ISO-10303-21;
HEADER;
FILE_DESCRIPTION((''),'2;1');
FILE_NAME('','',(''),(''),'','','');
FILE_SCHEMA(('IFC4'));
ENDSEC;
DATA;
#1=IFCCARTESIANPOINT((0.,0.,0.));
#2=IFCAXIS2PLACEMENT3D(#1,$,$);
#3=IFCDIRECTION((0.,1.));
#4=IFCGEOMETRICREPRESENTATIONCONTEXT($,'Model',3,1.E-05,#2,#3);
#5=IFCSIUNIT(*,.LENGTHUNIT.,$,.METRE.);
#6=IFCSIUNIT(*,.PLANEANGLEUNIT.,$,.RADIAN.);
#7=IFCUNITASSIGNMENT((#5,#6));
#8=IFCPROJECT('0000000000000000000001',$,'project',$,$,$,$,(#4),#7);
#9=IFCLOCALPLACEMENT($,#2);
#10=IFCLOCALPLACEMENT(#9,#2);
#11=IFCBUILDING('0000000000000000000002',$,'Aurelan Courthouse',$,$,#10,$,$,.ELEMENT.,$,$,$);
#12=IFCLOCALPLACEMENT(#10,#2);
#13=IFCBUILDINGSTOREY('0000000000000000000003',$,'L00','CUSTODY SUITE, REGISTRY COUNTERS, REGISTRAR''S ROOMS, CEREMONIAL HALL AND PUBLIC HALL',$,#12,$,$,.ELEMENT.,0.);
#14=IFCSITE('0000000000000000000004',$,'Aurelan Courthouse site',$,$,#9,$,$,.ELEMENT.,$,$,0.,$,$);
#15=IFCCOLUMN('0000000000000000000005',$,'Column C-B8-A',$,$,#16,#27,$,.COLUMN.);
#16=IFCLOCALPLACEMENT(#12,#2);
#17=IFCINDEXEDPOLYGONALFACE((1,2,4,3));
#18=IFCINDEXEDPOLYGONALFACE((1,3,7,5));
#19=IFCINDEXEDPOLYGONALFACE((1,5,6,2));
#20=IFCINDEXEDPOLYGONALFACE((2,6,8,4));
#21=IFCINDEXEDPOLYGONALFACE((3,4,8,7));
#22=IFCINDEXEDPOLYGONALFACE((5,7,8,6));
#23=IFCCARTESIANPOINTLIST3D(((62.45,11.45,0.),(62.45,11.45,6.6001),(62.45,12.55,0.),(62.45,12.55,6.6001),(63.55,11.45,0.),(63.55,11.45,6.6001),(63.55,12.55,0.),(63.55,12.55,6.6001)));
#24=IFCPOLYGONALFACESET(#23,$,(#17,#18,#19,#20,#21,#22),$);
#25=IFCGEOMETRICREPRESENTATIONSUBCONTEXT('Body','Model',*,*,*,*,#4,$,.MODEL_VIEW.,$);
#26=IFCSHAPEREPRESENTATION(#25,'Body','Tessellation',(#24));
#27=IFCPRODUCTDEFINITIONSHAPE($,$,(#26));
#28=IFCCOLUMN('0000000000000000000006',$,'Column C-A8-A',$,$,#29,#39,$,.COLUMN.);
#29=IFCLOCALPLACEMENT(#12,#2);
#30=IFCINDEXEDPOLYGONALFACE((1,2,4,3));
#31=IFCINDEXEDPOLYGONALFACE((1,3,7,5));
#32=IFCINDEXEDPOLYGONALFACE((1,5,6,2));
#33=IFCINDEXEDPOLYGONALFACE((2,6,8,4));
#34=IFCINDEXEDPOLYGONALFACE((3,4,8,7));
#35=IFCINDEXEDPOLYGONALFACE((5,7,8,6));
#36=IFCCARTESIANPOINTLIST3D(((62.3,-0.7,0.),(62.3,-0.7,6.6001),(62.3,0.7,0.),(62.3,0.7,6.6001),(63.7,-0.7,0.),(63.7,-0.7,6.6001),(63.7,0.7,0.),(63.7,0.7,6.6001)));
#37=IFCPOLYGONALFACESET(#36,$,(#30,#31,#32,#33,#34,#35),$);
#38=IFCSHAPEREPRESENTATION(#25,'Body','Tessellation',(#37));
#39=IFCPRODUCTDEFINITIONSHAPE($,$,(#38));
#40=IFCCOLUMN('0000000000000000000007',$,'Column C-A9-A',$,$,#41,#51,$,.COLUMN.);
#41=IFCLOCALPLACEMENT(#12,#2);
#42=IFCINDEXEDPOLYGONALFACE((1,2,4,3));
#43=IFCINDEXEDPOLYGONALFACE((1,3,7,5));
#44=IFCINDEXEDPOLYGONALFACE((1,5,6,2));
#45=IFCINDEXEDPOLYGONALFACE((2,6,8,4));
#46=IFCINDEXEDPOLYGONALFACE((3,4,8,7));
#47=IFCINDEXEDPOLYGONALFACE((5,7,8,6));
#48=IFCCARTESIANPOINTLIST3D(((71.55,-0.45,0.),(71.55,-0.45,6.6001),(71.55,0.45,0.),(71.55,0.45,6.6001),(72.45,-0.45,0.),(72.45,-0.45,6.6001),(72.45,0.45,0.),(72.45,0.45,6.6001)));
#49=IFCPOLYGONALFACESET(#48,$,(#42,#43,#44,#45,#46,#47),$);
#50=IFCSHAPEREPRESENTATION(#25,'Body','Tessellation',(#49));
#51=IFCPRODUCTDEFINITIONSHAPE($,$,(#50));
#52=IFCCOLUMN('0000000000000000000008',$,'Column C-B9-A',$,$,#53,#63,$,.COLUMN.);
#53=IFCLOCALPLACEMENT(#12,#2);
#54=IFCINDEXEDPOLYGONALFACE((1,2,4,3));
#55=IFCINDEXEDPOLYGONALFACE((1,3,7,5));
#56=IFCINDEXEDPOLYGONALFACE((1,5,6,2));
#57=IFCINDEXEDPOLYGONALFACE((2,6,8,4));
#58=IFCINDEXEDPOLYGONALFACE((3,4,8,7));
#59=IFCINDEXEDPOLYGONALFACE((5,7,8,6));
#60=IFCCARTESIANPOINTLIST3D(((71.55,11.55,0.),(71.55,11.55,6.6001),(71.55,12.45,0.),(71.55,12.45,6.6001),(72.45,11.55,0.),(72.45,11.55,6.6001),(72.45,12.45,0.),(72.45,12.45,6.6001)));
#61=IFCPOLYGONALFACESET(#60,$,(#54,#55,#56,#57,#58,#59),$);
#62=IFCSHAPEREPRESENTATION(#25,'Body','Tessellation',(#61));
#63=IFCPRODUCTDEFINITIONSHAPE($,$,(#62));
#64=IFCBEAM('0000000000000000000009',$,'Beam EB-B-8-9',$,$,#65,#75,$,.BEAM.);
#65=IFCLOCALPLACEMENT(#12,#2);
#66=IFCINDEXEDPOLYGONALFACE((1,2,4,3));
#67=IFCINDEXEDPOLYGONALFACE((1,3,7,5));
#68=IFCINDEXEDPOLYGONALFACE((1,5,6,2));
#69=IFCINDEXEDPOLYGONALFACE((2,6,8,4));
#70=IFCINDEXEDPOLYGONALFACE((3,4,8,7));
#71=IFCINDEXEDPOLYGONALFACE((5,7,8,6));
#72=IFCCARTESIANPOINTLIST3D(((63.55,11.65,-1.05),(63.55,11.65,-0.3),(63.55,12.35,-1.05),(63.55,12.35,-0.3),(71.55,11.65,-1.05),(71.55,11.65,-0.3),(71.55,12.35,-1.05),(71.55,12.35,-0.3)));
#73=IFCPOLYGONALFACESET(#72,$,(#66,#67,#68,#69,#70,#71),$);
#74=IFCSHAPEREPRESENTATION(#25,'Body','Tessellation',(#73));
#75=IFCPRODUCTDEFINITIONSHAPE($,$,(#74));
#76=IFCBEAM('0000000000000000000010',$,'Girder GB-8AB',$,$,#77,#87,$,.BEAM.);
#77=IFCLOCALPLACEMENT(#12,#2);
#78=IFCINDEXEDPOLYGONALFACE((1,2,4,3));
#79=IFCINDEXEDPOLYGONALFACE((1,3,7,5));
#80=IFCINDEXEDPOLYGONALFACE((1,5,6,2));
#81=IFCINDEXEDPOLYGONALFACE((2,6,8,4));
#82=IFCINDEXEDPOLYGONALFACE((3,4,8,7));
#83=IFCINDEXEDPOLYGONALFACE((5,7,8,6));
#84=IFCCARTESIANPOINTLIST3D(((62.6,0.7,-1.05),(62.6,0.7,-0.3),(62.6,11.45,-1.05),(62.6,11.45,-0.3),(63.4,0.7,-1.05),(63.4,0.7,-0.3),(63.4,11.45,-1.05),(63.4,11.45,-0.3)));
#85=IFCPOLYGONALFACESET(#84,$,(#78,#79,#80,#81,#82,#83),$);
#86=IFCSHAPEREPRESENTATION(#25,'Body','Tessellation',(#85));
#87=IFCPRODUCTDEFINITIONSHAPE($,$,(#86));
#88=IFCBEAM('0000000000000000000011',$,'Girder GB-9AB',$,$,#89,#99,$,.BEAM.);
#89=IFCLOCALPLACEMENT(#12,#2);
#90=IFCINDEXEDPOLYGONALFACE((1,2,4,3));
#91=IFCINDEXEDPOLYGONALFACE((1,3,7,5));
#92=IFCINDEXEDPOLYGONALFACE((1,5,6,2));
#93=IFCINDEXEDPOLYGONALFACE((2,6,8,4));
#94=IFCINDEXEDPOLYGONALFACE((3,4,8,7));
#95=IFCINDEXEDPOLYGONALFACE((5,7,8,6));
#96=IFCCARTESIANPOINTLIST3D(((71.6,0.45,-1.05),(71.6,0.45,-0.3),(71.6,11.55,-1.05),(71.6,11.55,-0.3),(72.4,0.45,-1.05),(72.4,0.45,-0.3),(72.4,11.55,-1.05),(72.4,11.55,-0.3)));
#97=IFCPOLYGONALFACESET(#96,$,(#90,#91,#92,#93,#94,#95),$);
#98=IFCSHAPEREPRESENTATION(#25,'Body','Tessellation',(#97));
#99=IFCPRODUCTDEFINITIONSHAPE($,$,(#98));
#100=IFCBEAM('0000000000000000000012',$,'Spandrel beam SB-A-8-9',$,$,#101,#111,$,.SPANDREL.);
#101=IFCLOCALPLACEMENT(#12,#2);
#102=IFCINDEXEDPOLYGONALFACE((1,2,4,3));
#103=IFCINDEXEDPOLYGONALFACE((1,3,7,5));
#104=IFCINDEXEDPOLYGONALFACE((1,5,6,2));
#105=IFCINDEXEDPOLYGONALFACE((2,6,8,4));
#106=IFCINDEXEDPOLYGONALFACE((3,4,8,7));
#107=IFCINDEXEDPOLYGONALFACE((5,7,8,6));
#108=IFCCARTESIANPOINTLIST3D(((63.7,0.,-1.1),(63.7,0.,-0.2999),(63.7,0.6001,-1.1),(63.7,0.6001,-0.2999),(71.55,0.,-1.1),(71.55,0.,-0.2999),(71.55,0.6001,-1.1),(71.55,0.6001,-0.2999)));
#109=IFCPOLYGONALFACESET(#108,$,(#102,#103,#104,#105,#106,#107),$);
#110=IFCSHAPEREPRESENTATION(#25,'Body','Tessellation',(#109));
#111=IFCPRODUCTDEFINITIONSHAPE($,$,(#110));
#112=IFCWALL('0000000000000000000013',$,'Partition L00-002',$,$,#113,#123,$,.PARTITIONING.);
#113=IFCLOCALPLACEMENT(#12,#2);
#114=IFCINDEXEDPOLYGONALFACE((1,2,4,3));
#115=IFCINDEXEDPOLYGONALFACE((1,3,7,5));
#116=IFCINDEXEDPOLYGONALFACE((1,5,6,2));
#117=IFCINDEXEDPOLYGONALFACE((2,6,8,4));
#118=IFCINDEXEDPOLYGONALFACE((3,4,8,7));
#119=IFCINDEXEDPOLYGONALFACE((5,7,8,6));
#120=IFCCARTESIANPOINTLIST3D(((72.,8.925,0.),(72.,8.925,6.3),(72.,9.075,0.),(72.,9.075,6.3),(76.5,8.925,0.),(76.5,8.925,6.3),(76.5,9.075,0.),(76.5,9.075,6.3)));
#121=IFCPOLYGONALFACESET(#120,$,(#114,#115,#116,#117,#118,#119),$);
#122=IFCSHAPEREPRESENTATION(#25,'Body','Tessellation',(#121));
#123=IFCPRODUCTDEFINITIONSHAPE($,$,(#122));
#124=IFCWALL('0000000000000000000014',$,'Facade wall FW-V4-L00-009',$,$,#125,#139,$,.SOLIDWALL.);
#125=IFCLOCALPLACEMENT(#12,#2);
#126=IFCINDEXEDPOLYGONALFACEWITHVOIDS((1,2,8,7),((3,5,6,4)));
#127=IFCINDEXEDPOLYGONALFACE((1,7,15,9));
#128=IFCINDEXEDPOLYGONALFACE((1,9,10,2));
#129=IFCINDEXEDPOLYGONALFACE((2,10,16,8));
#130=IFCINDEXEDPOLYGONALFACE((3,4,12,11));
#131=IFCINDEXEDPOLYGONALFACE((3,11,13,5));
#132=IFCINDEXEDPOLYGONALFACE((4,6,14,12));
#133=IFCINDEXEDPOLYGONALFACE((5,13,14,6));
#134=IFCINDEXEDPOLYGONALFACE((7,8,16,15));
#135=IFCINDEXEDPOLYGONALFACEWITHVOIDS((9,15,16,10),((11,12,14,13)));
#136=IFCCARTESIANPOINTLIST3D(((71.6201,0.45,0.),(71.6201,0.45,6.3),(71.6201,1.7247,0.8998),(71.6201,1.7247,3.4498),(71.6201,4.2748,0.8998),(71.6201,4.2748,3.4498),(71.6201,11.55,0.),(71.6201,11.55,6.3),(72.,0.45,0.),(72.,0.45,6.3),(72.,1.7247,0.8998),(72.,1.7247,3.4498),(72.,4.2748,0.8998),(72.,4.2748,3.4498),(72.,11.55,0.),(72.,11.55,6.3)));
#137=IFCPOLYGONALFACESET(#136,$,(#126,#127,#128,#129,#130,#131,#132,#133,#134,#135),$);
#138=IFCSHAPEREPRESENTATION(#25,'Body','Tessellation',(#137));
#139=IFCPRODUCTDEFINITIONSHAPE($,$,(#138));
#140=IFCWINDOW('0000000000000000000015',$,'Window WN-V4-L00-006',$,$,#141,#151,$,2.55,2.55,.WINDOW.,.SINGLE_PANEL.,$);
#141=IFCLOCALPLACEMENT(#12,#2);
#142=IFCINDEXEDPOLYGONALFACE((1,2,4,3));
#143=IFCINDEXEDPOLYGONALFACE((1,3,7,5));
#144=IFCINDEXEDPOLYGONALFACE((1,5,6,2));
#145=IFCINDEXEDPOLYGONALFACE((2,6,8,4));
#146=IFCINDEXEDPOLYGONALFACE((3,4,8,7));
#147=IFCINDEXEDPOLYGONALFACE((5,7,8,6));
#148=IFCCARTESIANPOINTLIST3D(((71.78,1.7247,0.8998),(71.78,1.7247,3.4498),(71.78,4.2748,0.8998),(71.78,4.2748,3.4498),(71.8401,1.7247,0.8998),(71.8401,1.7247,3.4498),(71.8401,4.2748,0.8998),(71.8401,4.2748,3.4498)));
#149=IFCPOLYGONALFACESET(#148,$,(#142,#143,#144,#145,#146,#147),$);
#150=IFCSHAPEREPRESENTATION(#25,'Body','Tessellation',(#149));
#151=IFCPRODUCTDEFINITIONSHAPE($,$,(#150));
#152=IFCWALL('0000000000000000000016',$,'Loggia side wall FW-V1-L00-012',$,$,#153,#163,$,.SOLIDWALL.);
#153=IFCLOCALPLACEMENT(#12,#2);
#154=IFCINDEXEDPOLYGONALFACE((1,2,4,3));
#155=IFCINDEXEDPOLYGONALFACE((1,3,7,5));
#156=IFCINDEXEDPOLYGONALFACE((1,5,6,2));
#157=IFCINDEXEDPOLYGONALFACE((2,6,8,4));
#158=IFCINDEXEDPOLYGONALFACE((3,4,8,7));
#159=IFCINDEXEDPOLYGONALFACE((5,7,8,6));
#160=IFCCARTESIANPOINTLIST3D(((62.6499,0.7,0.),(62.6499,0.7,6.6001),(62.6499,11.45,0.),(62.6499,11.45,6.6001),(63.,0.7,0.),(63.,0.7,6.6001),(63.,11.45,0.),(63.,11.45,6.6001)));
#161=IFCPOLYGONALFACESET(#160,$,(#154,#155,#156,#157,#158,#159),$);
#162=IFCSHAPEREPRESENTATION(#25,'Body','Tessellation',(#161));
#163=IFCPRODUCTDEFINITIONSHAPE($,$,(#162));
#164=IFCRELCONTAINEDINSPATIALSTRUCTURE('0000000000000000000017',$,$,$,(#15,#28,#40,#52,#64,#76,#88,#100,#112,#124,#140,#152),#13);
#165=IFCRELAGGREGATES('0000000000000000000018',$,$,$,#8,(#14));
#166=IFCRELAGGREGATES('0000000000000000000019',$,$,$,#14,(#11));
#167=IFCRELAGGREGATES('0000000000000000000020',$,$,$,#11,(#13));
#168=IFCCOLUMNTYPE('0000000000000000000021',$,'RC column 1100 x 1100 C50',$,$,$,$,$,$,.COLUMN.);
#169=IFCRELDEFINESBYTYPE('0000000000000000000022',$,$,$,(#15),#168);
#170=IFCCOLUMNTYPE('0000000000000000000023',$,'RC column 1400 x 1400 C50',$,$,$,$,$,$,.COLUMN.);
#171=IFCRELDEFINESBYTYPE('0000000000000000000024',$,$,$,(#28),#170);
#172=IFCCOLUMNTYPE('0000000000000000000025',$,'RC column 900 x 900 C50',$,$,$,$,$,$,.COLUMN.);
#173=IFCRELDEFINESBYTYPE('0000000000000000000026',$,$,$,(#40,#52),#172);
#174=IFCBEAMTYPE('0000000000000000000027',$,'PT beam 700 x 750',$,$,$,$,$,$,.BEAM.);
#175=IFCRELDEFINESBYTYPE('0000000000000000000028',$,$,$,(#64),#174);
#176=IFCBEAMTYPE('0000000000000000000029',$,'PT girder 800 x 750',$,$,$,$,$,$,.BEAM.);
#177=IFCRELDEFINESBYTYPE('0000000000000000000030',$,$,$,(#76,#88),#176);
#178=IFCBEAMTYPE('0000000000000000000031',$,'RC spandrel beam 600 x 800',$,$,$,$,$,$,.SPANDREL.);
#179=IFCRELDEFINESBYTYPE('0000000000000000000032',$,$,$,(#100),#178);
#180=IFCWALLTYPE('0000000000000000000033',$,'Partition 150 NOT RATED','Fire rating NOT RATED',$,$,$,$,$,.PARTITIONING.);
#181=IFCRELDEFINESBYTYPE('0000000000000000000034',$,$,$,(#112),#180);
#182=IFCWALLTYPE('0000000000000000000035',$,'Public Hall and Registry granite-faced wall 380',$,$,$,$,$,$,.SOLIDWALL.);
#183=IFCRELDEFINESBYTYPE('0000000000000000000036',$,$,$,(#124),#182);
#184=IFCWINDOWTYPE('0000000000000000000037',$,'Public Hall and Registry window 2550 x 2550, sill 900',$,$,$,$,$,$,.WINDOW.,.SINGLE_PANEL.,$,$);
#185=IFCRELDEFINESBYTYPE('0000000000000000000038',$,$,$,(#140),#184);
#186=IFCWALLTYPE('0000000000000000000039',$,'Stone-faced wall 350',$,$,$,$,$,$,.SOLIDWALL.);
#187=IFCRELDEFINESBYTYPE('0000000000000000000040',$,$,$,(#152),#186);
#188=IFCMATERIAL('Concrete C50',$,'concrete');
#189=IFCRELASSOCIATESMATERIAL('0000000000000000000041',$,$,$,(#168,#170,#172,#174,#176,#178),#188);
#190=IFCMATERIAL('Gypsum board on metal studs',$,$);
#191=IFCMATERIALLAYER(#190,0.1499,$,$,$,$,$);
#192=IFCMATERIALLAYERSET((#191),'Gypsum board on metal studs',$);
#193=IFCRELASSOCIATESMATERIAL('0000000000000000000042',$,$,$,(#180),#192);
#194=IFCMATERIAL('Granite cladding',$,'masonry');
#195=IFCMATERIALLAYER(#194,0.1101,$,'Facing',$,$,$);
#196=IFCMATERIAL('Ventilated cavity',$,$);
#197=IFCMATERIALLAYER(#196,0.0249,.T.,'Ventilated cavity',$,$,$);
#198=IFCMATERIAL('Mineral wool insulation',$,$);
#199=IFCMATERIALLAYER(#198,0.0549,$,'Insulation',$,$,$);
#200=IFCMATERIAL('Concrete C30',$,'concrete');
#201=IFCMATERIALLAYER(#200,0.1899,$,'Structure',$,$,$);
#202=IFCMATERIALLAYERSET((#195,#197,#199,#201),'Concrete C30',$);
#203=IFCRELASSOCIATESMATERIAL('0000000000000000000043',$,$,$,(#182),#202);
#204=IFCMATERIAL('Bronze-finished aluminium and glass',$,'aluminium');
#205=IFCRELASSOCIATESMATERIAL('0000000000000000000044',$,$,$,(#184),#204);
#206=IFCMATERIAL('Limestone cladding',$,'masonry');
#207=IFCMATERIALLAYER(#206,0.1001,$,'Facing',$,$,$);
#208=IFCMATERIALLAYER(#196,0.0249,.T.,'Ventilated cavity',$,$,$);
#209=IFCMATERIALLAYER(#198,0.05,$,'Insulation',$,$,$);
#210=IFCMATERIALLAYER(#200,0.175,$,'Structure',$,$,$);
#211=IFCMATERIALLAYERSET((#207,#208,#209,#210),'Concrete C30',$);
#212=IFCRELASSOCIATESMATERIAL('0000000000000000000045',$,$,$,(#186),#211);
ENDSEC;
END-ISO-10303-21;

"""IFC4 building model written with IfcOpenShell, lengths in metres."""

from ifc_helpers import new_model, si_unit, direction, frame, frame_2d, origin, origin_2d, place, context, subcontext, project, spatial, rectangle, extrude, material, layer, layer_set, material_profile, profile_set, type_object, element, fill, save


model = new_model("IFC4")

# Units and contexts
model_context = context("Model", 3, precision=1e-05, world=origin(), true_north=direction((0.0, 1.0)))
body_context = subcontext(model_context, "Body", "Model", "MODEL_VIEW")
ifc_project = project(units=[si_unit("LENGTHUNIT", "METRE"), si_unit("PLANEANGLEUNIT", "RADIAN")], contexts=[model_context])

# Site, building, storey
site_placement = place(None, origin())
site = spatial("IfcSite", under=ifc_project, at=site_placement, Name="Aurelan Courthouse site", CompositionType="ELEMENT", RefElevation=0.0)
building_placement = place(site_placement, origin())
building = spatial("IfcBuilding", under=site, at=building_placement, Name="Aurelan Courthouse", CompositionType="ELEMENT")
storey_placement = place(building_placement, origin())
storey = spatial("IfcBuildingStorey", under=building, at=storey_placement, Name="L00", Description="CUSTODY SUITE, REGISTRY COUNTERS, REGISTRAR'S ROOMS, CEREMONIAL HALL AND PUBLIC HALL", CompositionType="ELEMENT", Elevation=0.0)

# Columns
ifc_material_1 = material(Name="Concrete C50", Category="concrete")
ifc_material_profile_1 = material_profile(ifc_material_1, rectangle(XDim=1.1001, YDim=1.1001, at=origin_2d()), Name="RC 1100 x 1100")
ifc_profile_set_1 = profile_set([ifc_material_profile_1], Name="Concrete C50")
column_type_1 = type_object("IfcColumnType", Name="RC column 1100 x 1100 C50", PredefinedType="COLUMN", material=ifc_profile_set_1)
column_1_placement = place(storey_placement, frame((63.0, 12.0, 0.0), z_axis=(0.0, 0.0, 1.0), x_axis=(1.0, 0.0, 0.0)))
element("IfcColumn", 1, at=column_1_placement, inside=storey, type_object=column_type_1, Name="Column C-B8-A", PredefinedType="COLUMN", context=body_context, shape_type="SweptSolid", body=[
    extrude(rectangle(XDim=1.1001, YDim=1.1001, at=origin_2d()), origin(), (0.0, 0.0, 1.0), 6.6001),
])
ifc_material_profile_2 = material_profile(ifc_material_1, rectangle(XDim=1.3999, YDim=1.3999, at=origin_2d()), Name="RC 1400 x 1400")
ifc_profile_set_2 = profile_set([ifc_material_profile_2], Name="Concrete C50")
column_type_2 = type_object("IfcColumnType", Name="RC column 1400 x 1400 C50", PredefinedType="COLUMN", material=ifc_profile_set_2)
column_2_placement = place(storey_placement, frame((63.0, 0.0, 0.0), z_axis=(0.0, 0.0, 1.0), x_axis=(1.0, 0.0, 0.0)))
element("IfcColumn", 2, at=column_2_placement, inside=storey, type_object=column_type_2, Name="Column C-A8-A", PredefinedType="COLUMN", context=body_context, shape_type="SweptSolid", body=[
    extrude(rectangle(XDim=1.3999, YDim=1.3999, at=origin_2d()), origin(), (0.0, 0.0, 1.0), 6.6001),
])
ifc_material_profile_3 = material_profile(ifc_material_1, rectangle(XDim=0.8999, YDim=0.8999, at=origin_2d()), Name="RC 900 x 900")
ifc_profile_set_3 = profile_set([ifc_material_profile_3], Name="Concrete C50")
column_type_3 = type_object("IfcColumnType", Name="RC column 900 x 900 C50", PredefinedType="COLUMN", material=ifc_profile_set_3)
for number, where, z_axis, x_axis, name in (
    (3, (72.0, 0.0, 0.0), (0.0, 0.0, 1.0), (1.0, 0.0, 0.0), "Column C-A9-A"),
    (4, (72.0, 12.0, 0.0), (0.0, 0.0, 1.0), (1.0, 0.0, 0.0), "Column C-B9-A"),
):
    element("IfcColumn", number, at=place(storey_placement, frame(where, z_axis=z_axis, x_axis=x_axis)), inside=storey, type_object=column_type_3, Name=name, PredefinedType="COLUMN", context=body_context, shape_type="SweptSolid", body=[
        extrude(rectangle(XDim=0.8999, YDim=0.8999, at=origin_2d()), origin(), (0.0, 0.0, 1.0), 6.6001),
    ])

# Beams
ifc_material_profile_4 = material_profile(ifc_material_1, rectangle(XDim=0.7, YDim=0.75, at=origin_2d()), Name="RC 700 x 750")
ifc_profile_set_4 = profile_set([ifc_material_profile_4], Name="Concrete C50")
beam_type_1 = type_object("IfcBeamType", Name="PT beam 700 x 750", PredefinedType="BEAM", material=ifc_profile_set_4)
beam_1_placement = place(storey_placement, frame((63.55, 12.0, -0.675), z_axis=(1.0, 0.0, 0.0), x_axis=(0.0, 1.0, 0.0)))
element("IfcBeam", 5, at=beam_1_placement, inside=storey, type_object=beam_type_1, Name="Beam EB-B-8-9", PredefinedType="BEAM", context=body_context, shape_type="SweptSolid", body=[
    extrude(rectangle(XDim=0.7, YDim=0.75, at=origin_2d()), origin(), (0.0, 0.0, 1.0), 8.0),
])
ifc_material_profile_5 = material_profile(ifc_material_1, rectangle(XDim=0.8, YDim=0.75, at=origin_2d()), Name="RC 800 x 750")
ifc_profile_set_5 = profile_set([ifc_material_profile_5], Name="Concrete C50")
beam_type_2 = type_object("IfcBeamType", Name="PT girder 800 x 750", PredefinedType="BEAM", material=ifc_profile_set_5)
beam_2_placement = place(storey_placement, frame((63.0, 0.7, -0.675), z_axis=(0.0, 1.0, 0.0), x_axis=(-1.0, 0.0, 0.0)))
element("IfcBeam", 6, at=beam_2_placement, inside=storey, type_object=beam_type_2, Name="Girder GB-8AB", PredefinedType="BEAM", context=body_context, shape_type="SweptSolid", body=[
    extrude(rectangle(XDim=0.8, YDim=0.75, at=origin_2d()), origin(), (0.0, 0.0, 1.0), 10.75),
])
beam_3_placement = place(storey_placement, frame((72.0, 0.45, -0.675), z_axis=(0.0, 1.0, 0.0), x_axis=(-1.0, 0.0, 0.0)))
element("IfcBeam", 7, at=beam_3_placement, inside=storey, type_object=beam_type_2, Name="Girder GB-9AB", PredefinedType="BEAM", context=body_context, shape_type="SweptSolid", body=[
    extrude(rectangle(XDim=0.8, YDim=0.75, at=origin_2d()), origin(), (0.0, 0.0, 1.0), 11.1001),
])
ifc_material_profile_6 = material_profile(ifc_material_1, rectangle(XDim=0.6001, YDim=0.8, at=origin_2d()), Name="RC 600 x 800")
ifc_profile_set_6 = profile_set([ifc_material_profile_6], Name="Concrete C50")
beam_type_3 = type_object("IfcBeamType", Name="RC spandrel beam 600 x 800", PredefinedType="SPANDREL", material=ifc_profile_set_6)
beam_4_placement = place(storey_placement, frame((63.7, 0.3, -0.7), z_axis=(1.0, 0.0, 0.0), x_axis=(0.0, 1.0, 0.0)))
element("IfcBeam", 8, at=beam_4_placement, inside=storey, type_object=beam_type_3, Name="Spandrel beam SB-A-8-9", PredefinedType="SPANDREL", context=body_context, shape_type="SweptSolid", body=[
    extrude(rectangle(XDim=0.6001, YDim=0.8, at=origin_2d()), origin(), (0.0, 0.0, 1.0), 7.8501),
])

# Wall
ifc_material_2 = material(Name="Gypsum board on metal studs")
ifc_layer_1 = layer(ifc_material_2, 0.1499)
ifc_layer_set_1 = layer_set([ifc_layer_1], Name="Gypsum board on metal studs")
wall_type_1 = type_object("IfcWallType", Name="Partition 150 NOT RATED", Description="Fire rating NOT RATED", PredefinedType="PARTITIONING", material=ifc_layer_set_1)
wall_1_placement = place(storey_placement, frame((72.0, 9.0, 0.0), z_axis=(0.0, 0.0, 1.0), x_axis=(1.0, 0.0, 0.0)))
element("IfcWall", 9, at=wall_1_placement, inside=storey, type_object=wall_type_1, Name="Partition L00-002", PredefinedType="PARTITIONING", context=body_context, shape_type="SweptSolid", body=[
    extrude(rectangle(XDim=4.5, YDim=0.1499, at=frame_2d((2.25, 0.0))), origin(), (0.0, 0.0, 1.0), 6.3),
])

# Wall, opening, window
ifc_material_3 = material(Name="Granite cladding", Category="masonry")
ifc_layer_2 = layer(ifc_material_3, 0.1101, Name="Facing")
ifc_material_4 = material(Name="Ventilated cavity")
ifc_layer_3 = layer(ifc_material_4, 0.0249, ventilated=True, Name="Ventilated cavity")
ifc_material_5 = material(Name="Mineral wool insulation")
ifc_layer_4 = layer(ifc_material_5, 0.0549, Name="Insulation")
ifc_material_6 = material(Name="Concrete C30", Category="concrete")
ifc_layer_5 = layer(ifc_material_6, 0.1899, Name="Structure")
ifc_layer_set_2 = layer_set([ifc_layer_2, ifc_layer_3, ifc_layer_4, ifc_layer_5], Name="Concrete C30")
wall_type_2 = type_object("IfcWallType", Name="Public Hall and Registry granite-faced wall 380", PredefinedType="SOLIDWALL", material=ifc_layer_set_2)
wall_2_placement = place(storey_placement, frame((71.8101, 0.45, 0.0), z_axis=(0.0, 0.0, 1.0), x_axis=(0.0, 1.0, 0.0)))
wall_2 = element("IfcWall", 10, at=wall_2_placement, inside=storey, type_object=wall_type_2, Name="Facade wall FW-V4-L00-009", PredefinedType="SOLIDWALL", context=body_context, shape_type="SweptSolid", body=[
    extrude(rectangle(XDim=11.1001, YDim=0.3799, at=frame_2d((5.55, 0.0))), origin(), (0.0, 0.0, 1.0), 6.3),
])
opening_placement = place(wall_2_placement, frame((1.2749, 0.0, 0.8999)))
opening = element("IfcOpeningElement", 11, at=opening_placement, cuts=wall_2, PredefinedType="OPENING", context=body_context, shape_type="SweptSolid", body=[
    extrude(rectangle(XDim=2.55, YDim=2.55, at=frame_2d((1.2749, 1.2749))), frame((0.0, 0.2, 0.0), z_axis=(0.0, -1.0, 0.0), x_axis=(1.0, 0.0, 0.0)), (0.0, 0.0, 1.0), 0.3999),
])
ifc_material_7 = material(Name="Bronze-finished aluminium and glass", Category="aluminium")
window_type = type_object("IfcWindowType", Name="Public Hall and Registry window 2550 x 2550, sill 900", PartitioningType="SINGLE_PANEL", PredefinedType="WINDOW", material=ifc_material_7)
window_placement = place(opening_placement, origin())
window = element("IfcWindow", 12, at=window_placement, inside=storey, type_object=window_type, Name="Window WN-V4-L00-006", OverallHeight=2.55, OverallWidth=2.55, PartitioningType="SINGLE_PANEL", PredefinedType="WINDOW", context=body_context, shape_type="SweptSolid", body=[
    extrude(rectangle(XDim=2.55, YDim=2.55, at=frame_2d((1.2749, 1.2749))), frame((0.0, 0.03, 0.0), z_axis=(0.0, -1.0, 0.0), x_axis=(1.0, 0.0, 0.0)), (0.0, 0.0, 1.0), 0.0601),
])
fill(opening, window)

# Wall
ifc_material_8 = material(Name="Limestone cladding", Category="masonry")
ifc_layer_6 = layer(ifc_material_8, 0.1001, Name="Facing")
ifc_layer_7 = layer(ifc_material_4, 0.0249, ventilated=True, Name="Ventilated cavity")
ifc_layer_8 = layer(ifc_material_5, 0.05, Name="Insulation")
ifc_layer_9 = layer(ifc_material_6, 0.175, Name="Structure")
ifc_layer_set_3 = layer_set([ifc_layer_6, ifc_layer_7, ifc_layer_8, ifc_layer_9], Name="Concrete C30")
wall_type_3 = type_object("IfcWallType", Name="Stone-faced wall 350", PredefinedType="SOLIDWALL", material=ifc_layer_set_3)
wall_3_placement = place(storey_placement, frame((62.825, 0.7, 0.0), z_axis=(0.0, 0.0, 1.0), x_axis=(0.0, 1.0, 0.0)))
element("IfcWall", 13, at=wall_3_placement, inside=storey, type_object=wall_type_3, Name="Loggia side wall FW-V1-L00-012", PredefinedType="SOLIDWALL", context=body_context, shape_type="SweptSolid", body=[
    extrude(rectangle(XDim=10.75, YDim=0.3501, at=frame_2d((5.375, 0.0))), origin(), (0.0, 0.0, 1.0), 6.6001),
])

save(model, "model.ifc")
